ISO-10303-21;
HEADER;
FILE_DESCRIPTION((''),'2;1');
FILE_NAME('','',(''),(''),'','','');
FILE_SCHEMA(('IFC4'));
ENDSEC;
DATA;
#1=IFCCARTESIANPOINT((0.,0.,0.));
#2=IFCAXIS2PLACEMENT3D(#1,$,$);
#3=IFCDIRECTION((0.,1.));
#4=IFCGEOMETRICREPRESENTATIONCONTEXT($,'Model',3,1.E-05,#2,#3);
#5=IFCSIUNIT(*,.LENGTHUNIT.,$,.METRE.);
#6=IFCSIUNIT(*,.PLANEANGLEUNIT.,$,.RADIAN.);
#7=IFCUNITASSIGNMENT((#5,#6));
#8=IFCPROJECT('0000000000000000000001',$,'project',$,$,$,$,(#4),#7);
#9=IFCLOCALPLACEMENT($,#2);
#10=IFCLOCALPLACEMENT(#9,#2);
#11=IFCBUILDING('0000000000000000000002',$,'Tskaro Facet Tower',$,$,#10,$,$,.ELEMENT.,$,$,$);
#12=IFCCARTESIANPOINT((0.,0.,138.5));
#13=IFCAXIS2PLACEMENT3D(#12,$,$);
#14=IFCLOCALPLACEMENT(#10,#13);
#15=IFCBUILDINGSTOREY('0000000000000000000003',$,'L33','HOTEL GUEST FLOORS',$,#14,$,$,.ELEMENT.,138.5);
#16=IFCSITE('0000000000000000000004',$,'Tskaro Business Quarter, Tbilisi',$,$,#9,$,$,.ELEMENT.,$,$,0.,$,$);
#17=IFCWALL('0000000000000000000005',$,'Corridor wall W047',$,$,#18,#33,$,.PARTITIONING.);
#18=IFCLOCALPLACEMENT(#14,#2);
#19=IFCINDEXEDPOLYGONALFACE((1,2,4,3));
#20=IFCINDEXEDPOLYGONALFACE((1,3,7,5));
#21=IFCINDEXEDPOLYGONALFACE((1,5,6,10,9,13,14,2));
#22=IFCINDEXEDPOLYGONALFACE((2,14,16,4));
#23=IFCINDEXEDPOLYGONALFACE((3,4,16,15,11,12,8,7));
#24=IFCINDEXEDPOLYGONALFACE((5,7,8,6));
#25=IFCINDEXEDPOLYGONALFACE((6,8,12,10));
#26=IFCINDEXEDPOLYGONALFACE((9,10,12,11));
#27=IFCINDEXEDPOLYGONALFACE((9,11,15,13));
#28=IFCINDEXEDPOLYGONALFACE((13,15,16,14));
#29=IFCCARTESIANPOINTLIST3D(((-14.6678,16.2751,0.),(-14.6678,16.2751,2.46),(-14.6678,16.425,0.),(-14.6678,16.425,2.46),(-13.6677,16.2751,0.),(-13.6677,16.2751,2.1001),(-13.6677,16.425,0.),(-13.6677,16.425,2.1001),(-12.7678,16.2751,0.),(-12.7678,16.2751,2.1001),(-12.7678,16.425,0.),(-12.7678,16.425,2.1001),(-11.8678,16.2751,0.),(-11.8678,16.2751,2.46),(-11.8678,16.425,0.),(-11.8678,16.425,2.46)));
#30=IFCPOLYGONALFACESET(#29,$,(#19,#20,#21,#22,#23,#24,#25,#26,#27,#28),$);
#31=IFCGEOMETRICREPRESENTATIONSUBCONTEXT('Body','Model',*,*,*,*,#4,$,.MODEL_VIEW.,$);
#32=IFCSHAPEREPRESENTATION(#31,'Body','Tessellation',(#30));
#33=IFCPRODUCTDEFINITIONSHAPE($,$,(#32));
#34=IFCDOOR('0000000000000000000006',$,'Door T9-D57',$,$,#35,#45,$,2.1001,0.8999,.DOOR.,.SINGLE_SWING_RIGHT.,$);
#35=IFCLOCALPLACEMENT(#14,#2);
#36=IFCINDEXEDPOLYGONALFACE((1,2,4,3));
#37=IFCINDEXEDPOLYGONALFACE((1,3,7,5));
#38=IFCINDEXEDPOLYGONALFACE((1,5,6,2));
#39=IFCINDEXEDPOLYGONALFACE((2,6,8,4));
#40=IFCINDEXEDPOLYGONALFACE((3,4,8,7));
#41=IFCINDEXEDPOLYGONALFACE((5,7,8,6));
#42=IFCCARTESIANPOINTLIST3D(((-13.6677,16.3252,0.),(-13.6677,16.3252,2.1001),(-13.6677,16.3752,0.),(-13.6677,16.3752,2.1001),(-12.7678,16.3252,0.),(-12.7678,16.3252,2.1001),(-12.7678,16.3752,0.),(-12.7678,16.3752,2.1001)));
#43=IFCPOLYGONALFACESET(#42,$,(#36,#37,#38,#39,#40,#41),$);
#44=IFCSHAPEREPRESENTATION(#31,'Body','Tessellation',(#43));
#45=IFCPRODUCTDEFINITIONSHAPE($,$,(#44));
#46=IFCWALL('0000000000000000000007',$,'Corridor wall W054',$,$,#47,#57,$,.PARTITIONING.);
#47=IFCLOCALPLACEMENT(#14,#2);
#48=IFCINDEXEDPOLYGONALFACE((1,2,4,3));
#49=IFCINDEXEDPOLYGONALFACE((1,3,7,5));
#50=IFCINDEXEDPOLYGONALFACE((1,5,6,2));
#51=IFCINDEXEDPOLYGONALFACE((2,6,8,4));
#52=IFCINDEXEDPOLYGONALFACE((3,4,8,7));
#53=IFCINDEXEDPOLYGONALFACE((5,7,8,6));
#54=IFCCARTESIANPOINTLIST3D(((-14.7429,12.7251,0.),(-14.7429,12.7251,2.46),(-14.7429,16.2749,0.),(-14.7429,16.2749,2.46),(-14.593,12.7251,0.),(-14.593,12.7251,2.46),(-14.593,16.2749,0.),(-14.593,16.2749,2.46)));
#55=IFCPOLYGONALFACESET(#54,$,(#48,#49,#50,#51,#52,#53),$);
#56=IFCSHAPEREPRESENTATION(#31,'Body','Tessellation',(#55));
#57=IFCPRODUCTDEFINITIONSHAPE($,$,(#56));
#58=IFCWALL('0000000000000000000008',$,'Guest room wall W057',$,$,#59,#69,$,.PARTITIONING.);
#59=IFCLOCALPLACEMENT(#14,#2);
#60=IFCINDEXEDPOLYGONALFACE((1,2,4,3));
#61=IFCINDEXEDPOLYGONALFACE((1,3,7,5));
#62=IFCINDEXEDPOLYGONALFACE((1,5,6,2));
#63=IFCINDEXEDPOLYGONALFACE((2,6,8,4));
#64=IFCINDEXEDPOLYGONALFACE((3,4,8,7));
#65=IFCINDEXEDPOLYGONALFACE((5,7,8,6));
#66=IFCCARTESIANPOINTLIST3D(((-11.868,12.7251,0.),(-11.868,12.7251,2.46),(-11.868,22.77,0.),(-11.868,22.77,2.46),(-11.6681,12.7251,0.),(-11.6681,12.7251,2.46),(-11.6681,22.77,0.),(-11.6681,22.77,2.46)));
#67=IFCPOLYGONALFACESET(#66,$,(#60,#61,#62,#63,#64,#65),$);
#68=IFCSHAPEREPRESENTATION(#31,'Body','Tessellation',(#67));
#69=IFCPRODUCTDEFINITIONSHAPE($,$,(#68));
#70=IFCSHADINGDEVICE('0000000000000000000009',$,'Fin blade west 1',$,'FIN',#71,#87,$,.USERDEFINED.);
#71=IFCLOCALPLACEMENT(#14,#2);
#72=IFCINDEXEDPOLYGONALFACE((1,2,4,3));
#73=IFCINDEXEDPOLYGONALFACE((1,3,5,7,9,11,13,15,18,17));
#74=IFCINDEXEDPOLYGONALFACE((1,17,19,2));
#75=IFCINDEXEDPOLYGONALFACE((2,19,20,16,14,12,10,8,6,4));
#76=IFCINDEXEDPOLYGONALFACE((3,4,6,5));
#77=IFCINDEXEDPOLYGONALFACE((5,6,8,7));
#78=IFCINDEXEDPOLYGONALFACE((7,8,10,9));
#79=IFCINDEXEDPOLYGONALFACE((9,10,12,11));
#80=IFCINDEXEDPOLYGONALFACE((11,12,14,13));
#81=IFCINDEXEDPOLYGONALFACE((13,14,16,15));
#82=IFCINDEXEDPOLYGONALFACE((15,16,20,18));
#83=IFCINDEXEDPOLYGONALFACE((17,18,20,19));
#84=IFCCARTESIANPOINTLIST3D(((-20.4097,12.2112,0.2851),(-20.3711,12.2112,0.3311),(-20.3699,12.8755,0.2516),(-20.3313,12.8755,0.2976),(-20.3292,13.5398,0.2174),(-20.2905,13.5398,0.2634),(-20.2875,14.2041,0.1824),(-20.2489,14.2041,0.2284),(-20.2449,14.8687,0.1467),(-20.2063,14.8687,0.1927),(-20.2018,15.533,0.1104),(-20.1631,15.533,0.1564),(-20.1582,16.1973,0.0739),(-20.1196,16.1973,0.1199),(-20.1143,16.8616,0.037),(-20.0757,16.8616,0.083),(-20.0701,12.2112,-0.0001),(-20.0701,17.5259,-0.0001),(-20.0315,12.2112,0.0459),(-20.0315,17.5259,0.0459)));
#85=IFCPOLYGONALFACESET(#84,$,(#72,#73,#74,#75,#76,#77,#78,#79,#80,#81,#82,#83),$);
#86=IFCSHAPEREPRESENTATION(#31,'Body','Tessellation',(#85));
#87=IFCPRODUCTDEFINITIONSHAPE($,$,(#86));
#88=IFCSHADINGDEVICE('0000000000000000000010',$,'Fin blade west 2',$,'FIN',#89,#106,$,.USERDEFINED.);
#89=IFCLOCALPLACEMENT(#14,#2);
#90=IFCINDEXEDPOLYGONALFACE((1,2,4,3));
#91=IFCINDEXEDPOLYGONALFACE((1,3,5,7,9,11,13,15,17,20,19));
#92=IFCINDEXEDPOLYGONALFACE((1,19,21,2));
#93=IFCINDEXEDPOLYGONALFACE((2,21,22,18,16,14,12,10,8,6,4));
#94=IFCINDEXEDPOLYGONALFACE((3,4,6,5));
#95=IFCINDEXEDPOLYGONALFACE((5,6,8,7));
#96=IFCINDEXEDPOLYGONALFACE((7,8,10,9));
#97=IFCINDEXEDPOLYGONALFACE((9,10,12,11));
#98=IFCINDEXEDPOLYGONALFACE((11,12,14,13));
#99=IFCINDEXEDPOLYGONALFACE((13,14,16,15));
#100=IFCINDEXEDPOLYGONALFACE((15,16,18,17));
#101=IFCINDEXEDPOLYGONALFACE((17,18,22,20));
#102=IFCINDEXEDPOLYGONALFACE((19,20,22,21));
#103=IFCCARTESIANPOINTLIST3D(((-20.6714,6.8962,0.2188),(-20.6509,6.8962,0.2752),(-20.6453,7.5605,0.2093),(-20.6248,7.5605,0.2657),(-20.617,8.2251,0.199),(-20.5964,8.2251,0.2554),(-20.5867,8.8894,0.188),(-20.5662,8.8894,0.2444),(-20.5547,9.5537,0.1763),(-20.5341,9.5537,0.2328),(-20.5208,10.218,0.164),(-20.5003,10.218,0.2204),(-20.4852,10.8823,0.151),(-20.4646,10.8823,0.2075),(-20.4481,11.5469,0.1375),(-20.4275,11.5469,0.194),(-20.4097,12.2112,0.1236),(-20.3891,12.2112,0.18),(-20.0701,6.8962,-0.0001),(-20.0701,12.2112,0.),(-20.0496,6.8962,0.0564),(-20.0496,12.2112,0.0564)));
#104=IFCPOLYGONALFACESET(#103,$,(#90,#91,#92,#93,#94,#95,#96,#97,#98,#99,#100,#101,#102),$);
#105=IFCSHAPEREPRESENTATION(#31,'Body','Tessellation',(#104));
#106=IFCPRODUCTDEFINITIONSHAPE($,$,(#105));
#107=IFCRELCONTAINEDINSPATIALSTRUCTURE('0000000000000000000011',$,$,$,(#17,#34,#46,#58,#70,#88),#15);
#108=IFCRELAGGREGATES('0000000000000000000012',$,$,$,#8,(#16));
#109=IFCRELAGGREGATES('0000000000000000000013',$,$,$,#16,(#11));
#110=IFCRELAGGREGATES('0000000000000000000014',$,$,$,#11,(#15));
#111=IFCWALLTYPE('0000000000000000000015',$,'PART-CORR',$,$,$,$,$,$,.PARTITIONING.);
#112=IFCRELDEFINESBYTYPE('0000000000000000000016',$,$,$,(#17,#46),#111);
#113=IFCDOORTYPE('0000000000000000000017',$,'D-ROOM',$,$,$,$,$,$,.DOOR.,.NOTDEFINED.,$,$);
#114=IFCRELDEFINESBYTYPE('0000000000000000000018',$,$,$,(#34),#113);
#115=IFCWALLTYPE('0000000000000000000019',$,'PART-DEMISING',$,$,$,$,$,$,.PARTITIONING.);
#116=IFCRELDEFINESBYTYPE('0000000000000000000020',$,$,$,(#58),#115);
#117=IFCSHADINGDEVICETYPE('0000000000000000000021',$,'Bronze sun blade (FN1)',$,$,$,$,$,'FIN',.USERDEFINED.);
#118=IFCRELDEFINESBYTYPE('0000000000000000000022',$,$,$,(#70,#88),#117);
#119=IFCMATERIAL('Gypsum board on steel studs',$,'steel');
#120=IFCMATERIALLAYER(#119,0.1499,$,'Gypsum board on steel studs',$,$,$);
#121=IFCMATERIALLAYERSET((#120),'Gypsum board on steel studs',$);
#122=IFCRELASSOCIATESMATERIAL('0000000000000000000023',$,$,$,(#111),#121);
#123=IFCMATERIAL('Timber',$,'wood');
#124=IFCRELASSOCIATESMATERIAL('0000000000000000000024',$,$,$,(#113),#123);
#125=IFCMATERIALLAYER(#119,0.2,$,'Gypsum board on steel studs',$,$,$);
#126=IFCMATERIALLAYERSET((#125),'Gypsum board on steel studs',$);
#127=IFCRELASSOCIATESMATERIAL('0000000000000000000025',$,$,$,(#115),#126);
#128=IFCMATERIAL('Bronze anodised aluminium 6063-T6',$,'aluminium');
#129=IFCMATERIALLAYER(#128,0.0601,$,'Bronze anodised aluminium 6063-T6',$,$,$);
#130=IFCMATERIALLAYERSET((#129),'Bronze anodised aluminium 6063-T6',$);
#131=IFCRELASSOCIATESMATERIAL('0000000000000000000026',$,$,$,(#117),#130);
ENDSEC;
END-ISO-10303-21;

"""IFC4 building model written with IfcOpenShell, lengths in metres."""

from ifc_helpers import new_model, si_unit, direction, frame, frame_2d, origin, place, context, subcontext, project, spatial, polyline, rectangle, outline, extrude, material, layer, layer_set, type_object, element, fill, save


model = new_model("IFC4")

# Units and contexts
model_context = context("Model", 3, precision=1e-05, world=origin(), true_north=direction((0.0, 1.0)))
body_context = subcontext(model_context, "Body", "Model", "MODEL_VIEW")
ifc_project = project(units=[si_unit("LENGTHUNIT", "METRE"), si_unit("PLANEANGLEUNIT", "RADIAN")], contexts=[model_context])

# Site, building, storey
site_placement = place(None, origin())
site = spatial("IfcSite", under=ifc_project, at=site_placement, Name="Tskaro Business Quarter, Tbilisi", CompositionType="ELEMENT", RefElevation=0.0)
building_placement = place(site_placement, origin())
building = spatial("IfcBuilding", under=site, at=building_placement, Name="Tskaro Facet Tower", CompositionType="ELEMENT")
storey_placement = place(building_placement, frame((0.0, 0.0, 138.5)))
storey = spatial("IfcBuildingStorey", under=building, at=storey_placement, Name="L33", Description="HOTEL GUEST FLOORS", CompositionType="ELEMENT", Elevation=138.5)

# Shared definitions
ifc_material_1 = material(Name="Bronze anodised aluminium 6063-T6", Category="aluminium")

# Shared definitions
ifc_material_2 = material(Name="Gypsum board on steel studs", Category="steel")
ifc_layer_1 = layer(ifc_material_2, 0.1499, Name="Gypsum board on steel studs")
ifc_layer_set_1 = layer_set([ifc_layer_1], Name="Gypsum board on steel studs")
wall_type_1 = type_object("IfcWallType", Name="PART-CORR", PredefinedType="PARTITIONING", material=ifc_layer_set_1)
ifc_material_3 = material(Name="Timber", Category="wood")
door_type_1 = type_object("IfcDoorType", Name="D-ROOM", OperationType="NOTDEFINED", PredefinedType="DOOR", material=ifc_material_3)

# Wall, opening, door
wall_1_placement = place(storey_placement, frame((-11.8679, 16.3501, 0.0), z_axis=(0.0, 0.0, 1.0), x_axis=(-1.0, 0.0, 0.0)))
wall_1 = element("IfcWall", 1, at=wall_1_placement, inside=storey, type_object=wall_type_1, Name="Corridor wall W047", PredefinedType="PARTITIONING", context=body_context, shape_type="SweptSolid", body=[
    extrude(rectangle(XDim=2.8, YDim=0.1499, at=frame_2d((1.3999, 0.0))), origin(), (0.0, 0.0, 1.0), 2.46),
])
opening_1_placement = place(wall_1_placement, frame((0.8999, 0.0, 0.0)))
opening_1 = element("IfcOpeningElement", 2, at=opening_1_placement, cuts=wall_1, PredefinedType="OPENING", context=body_context, shape_type="SweptSolid", body=[
    extrude(rectangle(XDim=0.8999, YDim=2.1001, at=frame_2d((0.45, 1.05))), frame((0.0, 0.085, 0.0), z_axis=(0.0, -1.0, 0.0), x_axis=(1.0, 0.0, 0.0)), (0.0, 0.0, 1.0), 0.1699),
])
door_1_placement = place(opening_1_placement, origin())
door_1 = element("IfcDoor", 3, at=door_1_placement, inside=storey, type_object=door_type_1, Name="Door T9-D57", OperationType="SINGLE_SWING_RIGHT", OverallHeight=2.1001, OverallWidth=0.8999, PredefinedType="DOOR", context=body_context, shape_type="SweptSolid", body=[
    extrude(rectangle(XDim=0.8999, YDim=2.1001, at=frame_2d((0.45, 1.05))), frame((0.0, 0.0249, 0.0), z_axis=(0.0, -1.0, 0.0), x_axis=(1.0, 0.0, 0.0)), (0.0, 0.0, 1.0), 0.05),
])
fill(opening_1, door_1)

# Walls
wall_2_placement = place(storey_placement, frame((-14.668, 12.7251, 0.0), z_axis=(0.0, 0.0, 1.0), x_axis=(0.0, 1.0, 0.0)))
element("IfcWall", 4, at=wall_2_placement, inside=storey, type_object=wall_type_1, Name="Corridor wall W054", PredefinedType="PARTITIONING", context=body_context, shape_type="SweptSolid", body=[
    extrude(rectangle(XDim=3.5498, YDim=0.1499, at=frame_2d((1.7749, 0.0))), origin(), (0.0, 0.0, 1.0), 2.46),
])
ifc_layer_2 = layer(ifc_material_2, 0.2, Name="Gypsum board on steel studs")
ifc_layer_set_2 = layer_set([ifc_layer_2], Name="Gypsum board on steel studs")
wall_type_2 = type_object("IfcWallType", Name="PART-DEMISING", PredefinedType="PARTITIONING", material=ifc_layer_set_2)
wall_3_placement = place(storey_placement, frame((-11.7681, 12.7251, 0.0), z_axis=(0.0, 0.0, 1.0), x_axis=(0.0, 1.0, 0.0)))
element("IfcWall", 5, at=wall_3_placement, inside=storey, type_object=wall_type_2, Name="Guest room wall W057", PredefinedType="PARTITIONING", context=body_context, shape_type="SweptSolid", body=[
    extrude(rectangle(XDim=10.0449, YDim=0.2, at=frame_2d((5.0225, 0.0))), origin(), (0.0, 0.0, 1.0), 2.46),
])

# Shading devices
ifc_layer_3 = layer(ifc_material_1, 0.0601, Name="Bronze anodised aluminium 6063-T6")
ifc_layer_set_3 = layer_set([ifc_layer_3], Name="Bronze anodised aluminium 6063-T6")
shading_device_type = type_object("IfcShadingDeviceType", Name="Bronze sun blade (FN1)", ElementType="FIN", PredefinedType="USERDEFINED", material=ifc_layer_set_3)
shading_device_1_placement = place(storey_placement, frame((-20.0315, 17.5259, 0.0459), z_axis=(0.643108, -0.000006, 0.765775), x_axis=(-0.000004, -1.0, -0.000005)))
element("IfcShadingDevice", 6, at=shading_device_1_placement, inside=storey, type_object=shading_device_type, Name="Fin blade west 1", ObjectType="FIN", PredefinedType="USERDEFINED", context=body_context, shape_type="SweptSolid", body=[
    extrude(outline(polyline([(0.0, 0.0), (5.3147, 0.0), (5.3147, -0.4434), (4.6504, -0.3915), (3.9861, -0.3383), (3.3218, -0.2838), (2.6572, -0.2282), (1.9929, -0.1719), (1.3286, -0.1151), (0.6643, -0.0577), (0.0, 0.0)])), origin(), (0.0, 0.0, -1.0), 0.0601),
])
shading_device_2_placement = place(storey_placement, frame((-20.0496, 12.2112, 0.0564), z_axis=(0.342026, -0.000009, 0.93969), x_axis=(-0.000003, -1.0, -0.000008)))
element("IfcShadingDevice", 7, at=shading_device_2_placement, inside=storey, type_object=shading_device_type, Name="Fin blade west 2", ObjectType="FIN", PredefinedType="USERDEFINED", context=body_context, shape_type="SweptSolid", body=[
    extrude(outline(polyline([(0.0, 0.0), (5.3149, 0.0), (5.3149, -0.6399), (4.6506, -0.6122), (3.9861, -0.5819), (3.3218, -0.5497), (2.6575, -0.5157), (1.9932, -0.4796), (1.3289, -0.4417), (0.6643, -0.4022), (0.0, -0.3614), (0.0, 0.0)])), origin(), (0.0, 0.0, -1.0), 0.0601),
])

save(model, "model.ifc")
